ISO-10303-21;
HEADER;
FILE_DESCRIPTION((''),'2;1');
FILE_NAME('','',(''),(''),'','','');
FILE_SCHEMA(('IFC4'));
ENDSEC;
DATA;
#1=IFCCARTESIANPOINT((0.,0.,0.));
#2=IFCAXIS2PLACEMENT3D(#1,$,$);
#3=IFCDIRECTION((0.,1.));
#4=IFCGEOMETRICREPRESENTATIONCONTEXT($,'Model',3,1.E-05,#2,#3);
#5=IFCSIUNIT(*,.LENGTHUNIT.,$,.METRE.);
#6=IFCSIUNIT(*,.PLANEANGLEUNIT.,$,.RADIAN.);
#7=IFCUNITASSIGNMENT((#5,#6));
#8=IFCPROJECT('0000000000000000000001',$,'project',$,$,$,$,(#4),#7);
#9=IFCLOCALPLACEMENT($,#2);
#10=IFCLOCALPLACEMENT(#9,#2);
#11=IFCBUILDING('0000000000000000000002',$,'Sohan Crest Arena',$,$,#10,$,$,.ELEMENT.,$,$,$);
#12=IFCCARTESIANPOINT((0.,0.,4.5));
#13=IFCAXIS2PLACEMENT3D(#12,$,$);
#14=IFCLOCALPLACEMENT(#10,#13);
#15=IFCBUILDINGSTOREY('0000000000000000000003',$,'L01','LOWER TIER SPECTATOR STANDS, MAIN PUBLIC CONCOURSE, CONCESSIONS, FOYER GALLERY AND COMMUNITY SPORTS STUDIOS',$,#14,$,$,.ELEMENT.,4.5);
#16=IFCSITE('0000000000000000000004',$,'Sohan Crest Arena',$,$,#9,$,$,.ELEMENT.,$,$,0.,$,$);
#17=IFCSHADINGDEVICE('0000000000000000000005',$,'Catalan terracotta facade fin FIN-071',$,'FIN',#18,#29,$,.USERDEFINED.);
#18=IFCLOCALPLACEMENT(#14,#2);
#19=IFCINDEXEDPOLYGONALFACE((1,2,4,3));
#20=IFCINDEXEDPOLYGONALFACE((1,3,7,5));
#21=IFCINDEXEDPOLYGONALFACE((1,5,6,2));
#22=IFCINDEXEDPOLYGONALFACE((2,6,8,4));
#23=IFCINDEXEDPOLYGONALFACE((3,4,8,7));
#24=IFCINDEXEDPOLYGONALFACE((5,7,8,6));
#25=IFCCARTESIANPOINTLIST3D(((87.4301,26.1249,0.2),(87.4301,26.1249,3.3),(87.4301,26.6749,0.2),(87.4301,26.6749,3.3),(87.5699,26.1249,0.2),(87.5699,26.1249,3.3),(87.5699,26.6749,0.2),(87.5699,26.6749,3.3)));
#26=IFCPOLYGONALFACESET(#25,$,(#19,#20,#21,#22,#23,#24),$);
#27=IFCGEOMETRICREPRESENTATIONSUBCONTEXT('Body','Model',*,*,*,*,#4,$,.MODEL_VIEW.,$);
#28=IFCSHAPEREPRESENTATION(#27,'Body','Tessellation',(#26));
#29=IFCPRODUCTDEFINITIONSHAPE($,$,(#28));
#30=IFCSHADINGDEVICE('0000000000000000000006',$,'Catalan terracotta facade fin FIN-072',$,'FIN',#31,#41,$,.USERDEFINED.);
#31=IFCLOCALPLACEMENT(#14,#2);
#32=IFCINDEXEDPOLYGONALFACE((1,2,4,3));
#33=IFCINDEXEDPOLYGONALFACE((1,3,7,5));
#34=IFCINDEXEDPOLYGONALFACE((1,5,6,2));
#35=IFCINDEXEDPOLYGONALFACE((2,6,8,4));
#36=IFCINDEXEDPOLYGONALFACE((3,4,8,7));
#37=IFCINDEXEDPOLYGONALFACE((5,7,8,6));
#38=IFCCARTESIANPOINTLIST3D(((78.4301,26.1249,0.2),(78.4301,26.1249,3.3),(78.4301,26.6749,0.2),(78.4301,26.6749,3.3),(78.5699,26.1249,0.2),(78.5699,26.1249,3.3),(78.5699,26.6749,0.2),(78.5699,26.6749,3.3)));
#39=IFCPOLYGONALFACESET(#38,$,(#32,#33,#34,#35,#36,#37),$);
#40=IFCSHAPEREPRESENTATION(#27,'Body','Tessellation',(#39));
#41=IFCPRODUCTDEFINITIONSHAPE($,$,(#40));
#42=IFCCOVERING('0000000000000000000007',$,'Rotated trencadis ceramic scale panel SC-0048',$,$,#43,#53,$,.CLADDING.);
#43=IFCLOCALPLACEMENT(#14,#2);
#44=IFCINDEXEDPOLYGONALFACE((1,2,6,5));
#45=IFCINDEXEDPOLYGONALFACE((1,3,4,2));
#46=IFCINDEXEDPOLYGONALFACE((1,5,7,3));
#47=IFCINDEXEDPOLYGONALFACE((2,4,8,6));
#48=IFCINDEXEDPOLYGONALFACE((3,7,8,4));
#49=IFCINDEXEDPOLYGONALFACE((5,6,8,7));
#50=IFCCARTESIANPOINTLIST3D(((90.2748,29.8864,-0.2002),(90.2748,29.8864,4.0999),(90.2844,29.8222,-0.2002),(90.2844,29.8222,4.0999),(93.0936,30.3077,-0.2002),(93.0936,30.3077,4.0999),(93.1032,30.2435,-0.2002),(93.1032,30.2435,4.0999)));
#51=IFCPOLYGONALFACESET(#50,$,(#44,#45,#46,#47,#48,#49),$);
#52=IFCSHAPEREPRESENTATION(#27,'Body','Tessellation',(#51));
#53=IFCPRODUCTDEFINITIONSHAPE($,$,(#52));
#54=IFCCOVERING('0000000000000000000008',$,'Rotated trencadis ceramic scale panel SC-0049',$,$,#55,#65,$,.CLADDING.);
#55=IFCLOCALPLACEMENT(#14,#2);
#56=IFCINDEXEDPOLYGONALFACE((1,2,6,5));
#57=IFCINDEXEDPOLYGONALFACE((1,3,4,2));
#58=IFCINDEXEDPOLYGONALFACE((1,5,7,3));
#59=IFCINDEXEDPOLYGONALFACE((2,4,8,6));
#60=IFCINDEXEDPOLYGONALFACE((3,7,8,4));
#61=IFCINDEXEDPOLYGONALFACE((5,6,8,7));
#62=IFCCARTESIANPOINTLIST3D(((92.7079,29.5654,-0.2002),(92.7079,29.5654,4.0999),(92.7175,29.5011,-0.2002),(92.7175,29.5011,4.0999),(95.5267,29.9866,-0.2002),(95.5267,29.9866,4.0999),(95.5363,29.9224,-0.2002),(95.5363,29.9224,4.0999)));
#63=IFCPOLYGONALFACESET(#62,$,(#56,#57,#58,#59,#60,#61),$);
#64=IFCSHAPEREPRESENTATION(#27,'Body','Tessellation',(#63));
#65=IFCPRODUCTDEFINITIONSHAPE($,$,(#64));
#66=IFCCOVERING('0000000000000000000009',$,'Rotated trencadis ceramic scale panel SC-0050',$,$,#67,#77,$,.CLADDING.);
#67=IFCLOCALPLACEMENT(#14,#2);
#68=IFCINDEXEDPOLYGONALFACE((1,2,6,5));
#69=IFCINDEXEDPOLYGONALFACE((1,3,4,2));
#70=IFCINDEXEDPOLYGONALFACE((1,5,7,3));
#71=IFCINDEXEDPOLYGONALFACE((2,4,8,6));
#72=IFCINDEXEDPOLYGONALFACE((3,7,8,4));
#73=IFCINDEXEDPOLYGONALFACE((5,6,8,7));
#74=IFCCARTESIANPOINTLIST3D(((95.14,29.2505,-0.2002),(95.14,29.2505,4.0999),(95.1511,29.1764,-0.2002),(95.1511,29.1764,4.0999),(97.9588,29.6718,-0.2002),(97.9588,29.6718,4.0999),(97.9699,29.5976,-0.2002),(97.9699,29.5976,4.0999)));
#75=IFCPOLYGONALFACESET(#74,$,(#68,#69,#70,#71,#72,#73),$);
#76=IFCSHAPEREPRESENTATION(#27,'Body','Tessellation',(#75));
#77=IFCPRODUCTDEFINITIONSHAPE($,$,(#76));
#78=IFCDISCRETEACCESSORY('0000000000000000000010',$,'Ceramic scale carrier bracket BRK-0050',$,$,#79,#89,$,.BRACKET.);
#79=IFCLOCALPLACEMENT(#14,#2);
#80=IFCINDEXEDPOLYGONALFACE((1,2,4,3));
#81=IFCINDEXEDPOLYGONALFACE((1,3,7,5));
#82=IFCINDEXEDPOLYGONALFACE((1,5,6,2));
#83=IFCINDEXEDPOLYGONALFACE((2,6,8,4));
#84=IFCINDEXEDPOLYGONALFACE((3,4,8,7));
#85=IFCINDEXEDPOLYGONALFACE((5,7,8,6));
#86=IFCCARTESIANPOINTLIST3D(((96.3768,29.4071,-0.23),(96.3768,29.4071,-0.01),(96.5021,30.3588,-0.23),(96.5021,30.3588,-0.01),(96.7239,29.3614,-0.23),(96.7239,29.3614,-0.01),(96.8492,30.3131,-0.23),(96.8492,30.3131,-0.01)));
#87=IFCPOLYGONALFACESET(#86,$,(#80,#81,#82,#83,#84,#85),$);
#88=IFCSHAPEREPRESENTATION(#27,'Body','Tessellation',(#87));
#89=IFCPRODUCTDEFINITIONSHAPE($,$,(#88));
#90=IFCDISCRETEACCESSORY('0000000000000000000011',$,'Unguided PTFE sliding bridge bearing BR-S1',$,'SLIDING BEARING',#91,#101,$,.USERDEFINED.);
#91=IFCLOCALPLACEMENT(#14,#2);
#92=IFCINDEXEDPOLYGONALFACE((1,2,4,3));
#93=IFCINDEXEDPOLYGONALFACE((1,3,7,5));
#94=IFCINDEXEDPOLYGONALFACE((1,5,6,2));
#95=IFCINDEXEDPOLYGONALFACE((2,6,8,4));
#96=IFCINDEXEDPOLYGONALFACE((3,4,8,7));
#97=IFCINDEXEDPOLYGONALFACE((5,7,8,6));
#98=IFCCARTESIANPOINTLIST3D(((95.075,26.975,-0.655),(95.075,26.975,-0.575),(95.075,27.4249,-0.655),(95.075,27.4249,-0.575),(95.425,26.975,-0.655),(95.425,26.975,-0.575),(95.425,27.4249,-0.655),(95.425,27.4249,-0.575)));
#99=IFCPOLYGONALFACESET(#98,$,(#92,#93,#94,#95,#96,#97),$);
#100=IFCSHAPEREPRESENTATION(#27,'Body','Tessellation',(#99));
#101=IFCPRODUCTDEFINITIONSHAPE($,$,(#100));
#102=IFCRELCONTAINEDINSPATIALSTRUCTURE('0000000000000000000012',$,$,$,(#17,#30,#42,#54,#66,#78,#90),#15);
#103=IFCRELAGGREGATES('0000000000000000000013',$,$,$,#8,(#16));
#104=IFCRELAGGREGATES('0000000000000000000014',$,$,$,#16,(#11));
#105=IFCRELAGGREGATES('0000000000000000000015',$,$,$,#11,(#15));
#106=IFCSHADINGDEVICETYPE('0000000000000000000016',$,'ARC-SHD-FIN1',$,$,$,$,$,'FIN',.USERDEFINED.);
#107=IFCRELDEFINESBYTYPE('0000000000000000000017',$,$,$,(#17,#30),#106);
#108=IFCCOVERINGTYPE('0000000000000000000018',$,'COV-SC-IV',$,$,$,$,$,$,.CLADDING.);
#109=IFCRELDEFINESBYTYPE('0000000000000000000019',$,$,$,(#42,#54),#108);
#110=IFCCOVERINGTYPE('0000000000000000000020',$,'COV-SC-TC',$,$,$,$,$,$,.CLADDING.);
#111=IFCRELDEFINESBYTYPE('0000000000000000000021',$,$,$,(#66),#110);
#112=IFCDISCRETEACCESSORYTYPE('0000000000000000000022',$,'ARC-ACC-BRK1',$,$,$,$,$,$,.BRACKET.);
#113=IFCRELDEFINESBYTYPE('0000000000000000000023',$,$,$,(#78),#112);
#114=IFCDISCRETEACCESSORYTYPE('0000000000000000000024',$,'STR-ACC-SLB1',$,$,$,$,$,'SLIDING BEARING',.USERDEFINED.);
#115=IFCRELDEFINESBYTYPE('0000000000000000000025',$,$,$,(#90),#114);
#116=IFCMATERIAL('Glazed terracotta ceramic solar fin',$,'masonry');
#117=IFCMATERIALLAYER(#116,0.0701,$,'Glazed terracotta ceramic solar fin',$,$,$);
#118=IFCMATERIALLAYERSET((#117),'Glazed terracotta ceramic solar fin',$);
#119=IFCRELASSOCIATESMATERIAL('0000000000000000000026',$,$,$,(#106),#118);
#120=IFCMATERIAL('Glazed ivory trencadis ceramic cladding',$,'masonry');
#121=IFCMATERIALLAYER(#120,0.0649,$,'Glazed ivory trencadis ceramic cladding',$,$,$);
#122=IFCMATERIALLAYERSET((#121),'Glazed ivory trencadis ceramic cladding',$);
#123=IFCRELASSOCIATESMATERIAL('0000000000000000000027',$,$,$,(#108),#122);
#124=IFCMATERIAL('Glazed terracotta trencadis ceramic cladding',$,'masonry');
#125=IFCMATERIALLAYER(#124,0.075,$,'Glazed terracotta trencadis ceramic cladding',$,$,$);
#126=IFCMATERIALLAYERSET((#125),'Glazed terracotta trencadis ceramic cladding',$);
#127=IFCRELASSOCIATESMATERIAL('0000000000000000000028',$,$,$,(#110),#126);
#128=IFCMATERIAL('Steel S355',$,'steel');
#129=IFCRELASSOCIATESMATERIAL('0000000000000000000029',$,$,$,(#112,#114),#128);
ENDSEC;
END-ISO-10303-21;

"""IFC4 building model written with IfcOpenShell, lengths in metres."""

from ifc_helpers import new_model, si_unit, direction, frame, origin, origin_2d, place, context, subcontext, project, spatial, rectangle, extrude, material, layer, layer_set, type_object, element, save


model = new_model("IFC4")

# Units and contexts
model_context = context("Model", 3, precision=1e-05, world=origin(), true_north=direction((0.0, 1.0)))
body_context = subcontext(model_context, "Body", "Model", "MODEL_VIEW")
ifc_project = project(units=[si_unit("LENGTHUNIT", "METRE"), si_unit("PLANEANGLEUNIT", "RADIAN")], contexts=[model_context])

# Site, building, storey
site_placement = place(None, origin())
site = spatial("IfcSite", under=ifc_project, at=site_placement, Name="Sohan Crest Arena", CompositionType="ELEMENT", RefElevation=0.0)
building_placement = place(site_placement, origin())
building = spatial("IfcBuilding", under=site, at=building_placement, Name="Sohan Crest Arena", CompositionType="ELEMENT")
storey_placement = place(building_placement, frame((0.0, 0.0, 4.5)))
storey = spatial("IfcBuildingStorey", under=building, at=storey_placement, Name="L01", Description="LOWER TIER SPECTATOR STANDS, MAIN PUBLIC CONCOURSE, CONCESSIONS, FOYER GALLERY AND COMMUNITY SPORTS STUDIOS", CompositionType="ELEMENT", Elevation=4.5)

# Shared definitions
ifc_material_1 = material(Name="Steel S355", Category="steel")

# Shading devices
ifc_material_2 = material(Name="Glazed terracotta ceramic solar fin", Category="masonry")
ifc_layer_1 = layer(ifc_material_2, 0.0701, Name="Glazed terracotta ceramic solar fin")
ifc_layer_set_1 = layer_set([ifc_layer_1], Name="Glazed terracotta ceramic solar fin")
shading_device_type = type_object("IfcShadingDeviceType", Name="ARC-SHD-FIN1", ElementType="FIN", PredefinedType="USERDEFINED", material=ifc_layer_set_1)
for number, where, z_axis, x_axis, name in (
    (1, (87.5, 26.3999, 0.2), (0.0, 0.0, 1.0), (-1.0, 0.0, 0.0), "Catalan terracotta facade fin FIN-071"),
    (2, (78.5, 26.3999, 0.2), (0.0, 0.0, 1.0), (-1.0, 0.0, 0.0), "Catalan terracotta facade fin FIN-072"),
):
    element("IfcShadingDevice", number, at=place(storey_placement, frame(where, z_axis=z_axis, x_axis=x_axis)), inside=storey, type_object=shading_device_type, Name=name, ObjectType="FIN", PredefinedType="USERDEFINED", context=body_context, shape_type="SweptSolid", body=[
        extrude(rectangle(XDim=0.1399, YDim=0.55, at=origin_2d()), origin(), (0.0, 0.0, 1.0), 3.1001),
    ])

# Coverings
ifc_material_3 = material(Name="Glazed ivory trencadis ceramic cladding", Category="masonry")
ifc_layer_2 = layer(ifc_material_3, 0.0649, Name="Glazed ivory trencadis ceramic cladding")
ifc_layer_set_2 = layer_set([ifc_layer_2], Name="Glazed ivory trencadis ceramic cladding")
covering_type_1 = type_object("IfcCoveringType", Name="COV-SC-IV", PredefinedType="CLADDING", material=ifc_layer_set_2)
for number, where, z_axis, x_axis, name in (
    (3, (91.689, 30.0649, -0.2002), (0.0, 0.0, 1.0), (0.989016, 0.147809, 0.0), "Rotated trencadis ceramic scale panel SC-0048"),
    (4, (94.1221, 29.7439, -0.2002), (0.0, 0.0, 1.0), (0.989016, 0.147809, 0.0), "Rotated trencadis ceramic scale panel SC-0049"),
):
    element("IfcCovering", number, at=place(storey_placement, frame(where, z_axis=z_axis, x_axis=x_axis)), inside=storey, type_object=covering_type_1, Name=name, PredefinedType="CLADDING", context=body_context, shape_type="SweptSolid", body=[
        extrude(rectangle(XDim=2.8501, YDim=0.0649, at=origin_2d()), origin(), (0.0, 0.0, 1.0), 4.3),
    ])
ifc_material_4 = material(Name="Glazed terracotta trencadis ceramic cladding", Category="masonry")
ifc_layer_3 = layer(ifc_material_4, 0.075, Name="Glazed terracotta trencadis ceramic cladding")
ifc_layer_set_3 = layer_set([ifc_layer_3], Name="Glazed terracotta trencadis ceramic cladding")
covering_type_2 = type_object("IfcCoveringType", Name="COV-SC-TC", PredefinedType="CLADDING", material=ifc_layer_set_3)
covering_placement = place(storey_placement, frame((96.5549, 29.4241, -0.2002), z_axis=(0.0, 0.0, 1.0), x_axis=(0.989016, 0.147809, 0.0)))
element("IfcCovering", 5, at=covering_placement, inside=storey, type_object=covering_type_2, Name="Rotated trencadis ceramic scale panel SC-0050", PredefinedType="CLADDING", context=body_context, shape_type="SweptSolid", body=[
    extrude(rectangle(XDim=2.8501, YDim=0.075, at=origin_2d()), origin(), (0.0, 0.0, 1.0), 4.3),
])

# Discrete accessories
discrete_accessory_type_1 = type_object("IfcDiscreteAccessoryType", Name="ARC-ACC-BRK1", PredefinedType="BRACKET", material=ifc_material_1)
discrete_accessory_1_placement = place(storey_placement, frame((96.613, 29.8601, -0.23), z_axis=(0.0, 0.0, 1.0), x_axis=(0.991445, -0.130526, 0.0)))
element("IfcDiscreteAccessory", 6, at=discrete_accessory_1_placement, inside=storey, type_object=discrete_accessory_type_1, Name="Ceramic scale carrier bracket BRK-0050", PredefinedType="BRACKET", context=body_context, shape_type="SweptSolid", body=[
    extrude(rectangle(XDim=0.3501, YDim=0.96, at=origin_2d()), origin(), (0.0, 0.0, 1.0), 0.22),
])
discrete_accessory_type_2 = type_object("IfcDiscreteAccessoryType", Name="STR-ACC-SLB1", ElementType="SLIDING BEARING", PredefinedType="USERDEFINED", material=ifc_material_1)
discrete_accessory_2_placement = place(storey_placement, frame((95.25, 27.2, -0.655), z_axis=(0.0, 0.0, 1.0), x_axis=(1.0, 0.0, 0.0)))
element("IfcDiscreteAccessory", 7, at=discrete_accessory_2_placement, inside=storey, type_object=discrete_accessory_type_2, Name="Unguided PTFE sliding bridge bearing BR-S1", ObjectType="SLIDING BEARING", PredefinedType="USERDEFINED", context=body_context, shape_type="SweptSolid", body=[
    extrude(rectangle(XDim=0.3501, YDim=0.45, at=origin_2d()), origin(), (0.0, 0.0, 1.0), 0.0801),
])

save(model, "model.ifc")
